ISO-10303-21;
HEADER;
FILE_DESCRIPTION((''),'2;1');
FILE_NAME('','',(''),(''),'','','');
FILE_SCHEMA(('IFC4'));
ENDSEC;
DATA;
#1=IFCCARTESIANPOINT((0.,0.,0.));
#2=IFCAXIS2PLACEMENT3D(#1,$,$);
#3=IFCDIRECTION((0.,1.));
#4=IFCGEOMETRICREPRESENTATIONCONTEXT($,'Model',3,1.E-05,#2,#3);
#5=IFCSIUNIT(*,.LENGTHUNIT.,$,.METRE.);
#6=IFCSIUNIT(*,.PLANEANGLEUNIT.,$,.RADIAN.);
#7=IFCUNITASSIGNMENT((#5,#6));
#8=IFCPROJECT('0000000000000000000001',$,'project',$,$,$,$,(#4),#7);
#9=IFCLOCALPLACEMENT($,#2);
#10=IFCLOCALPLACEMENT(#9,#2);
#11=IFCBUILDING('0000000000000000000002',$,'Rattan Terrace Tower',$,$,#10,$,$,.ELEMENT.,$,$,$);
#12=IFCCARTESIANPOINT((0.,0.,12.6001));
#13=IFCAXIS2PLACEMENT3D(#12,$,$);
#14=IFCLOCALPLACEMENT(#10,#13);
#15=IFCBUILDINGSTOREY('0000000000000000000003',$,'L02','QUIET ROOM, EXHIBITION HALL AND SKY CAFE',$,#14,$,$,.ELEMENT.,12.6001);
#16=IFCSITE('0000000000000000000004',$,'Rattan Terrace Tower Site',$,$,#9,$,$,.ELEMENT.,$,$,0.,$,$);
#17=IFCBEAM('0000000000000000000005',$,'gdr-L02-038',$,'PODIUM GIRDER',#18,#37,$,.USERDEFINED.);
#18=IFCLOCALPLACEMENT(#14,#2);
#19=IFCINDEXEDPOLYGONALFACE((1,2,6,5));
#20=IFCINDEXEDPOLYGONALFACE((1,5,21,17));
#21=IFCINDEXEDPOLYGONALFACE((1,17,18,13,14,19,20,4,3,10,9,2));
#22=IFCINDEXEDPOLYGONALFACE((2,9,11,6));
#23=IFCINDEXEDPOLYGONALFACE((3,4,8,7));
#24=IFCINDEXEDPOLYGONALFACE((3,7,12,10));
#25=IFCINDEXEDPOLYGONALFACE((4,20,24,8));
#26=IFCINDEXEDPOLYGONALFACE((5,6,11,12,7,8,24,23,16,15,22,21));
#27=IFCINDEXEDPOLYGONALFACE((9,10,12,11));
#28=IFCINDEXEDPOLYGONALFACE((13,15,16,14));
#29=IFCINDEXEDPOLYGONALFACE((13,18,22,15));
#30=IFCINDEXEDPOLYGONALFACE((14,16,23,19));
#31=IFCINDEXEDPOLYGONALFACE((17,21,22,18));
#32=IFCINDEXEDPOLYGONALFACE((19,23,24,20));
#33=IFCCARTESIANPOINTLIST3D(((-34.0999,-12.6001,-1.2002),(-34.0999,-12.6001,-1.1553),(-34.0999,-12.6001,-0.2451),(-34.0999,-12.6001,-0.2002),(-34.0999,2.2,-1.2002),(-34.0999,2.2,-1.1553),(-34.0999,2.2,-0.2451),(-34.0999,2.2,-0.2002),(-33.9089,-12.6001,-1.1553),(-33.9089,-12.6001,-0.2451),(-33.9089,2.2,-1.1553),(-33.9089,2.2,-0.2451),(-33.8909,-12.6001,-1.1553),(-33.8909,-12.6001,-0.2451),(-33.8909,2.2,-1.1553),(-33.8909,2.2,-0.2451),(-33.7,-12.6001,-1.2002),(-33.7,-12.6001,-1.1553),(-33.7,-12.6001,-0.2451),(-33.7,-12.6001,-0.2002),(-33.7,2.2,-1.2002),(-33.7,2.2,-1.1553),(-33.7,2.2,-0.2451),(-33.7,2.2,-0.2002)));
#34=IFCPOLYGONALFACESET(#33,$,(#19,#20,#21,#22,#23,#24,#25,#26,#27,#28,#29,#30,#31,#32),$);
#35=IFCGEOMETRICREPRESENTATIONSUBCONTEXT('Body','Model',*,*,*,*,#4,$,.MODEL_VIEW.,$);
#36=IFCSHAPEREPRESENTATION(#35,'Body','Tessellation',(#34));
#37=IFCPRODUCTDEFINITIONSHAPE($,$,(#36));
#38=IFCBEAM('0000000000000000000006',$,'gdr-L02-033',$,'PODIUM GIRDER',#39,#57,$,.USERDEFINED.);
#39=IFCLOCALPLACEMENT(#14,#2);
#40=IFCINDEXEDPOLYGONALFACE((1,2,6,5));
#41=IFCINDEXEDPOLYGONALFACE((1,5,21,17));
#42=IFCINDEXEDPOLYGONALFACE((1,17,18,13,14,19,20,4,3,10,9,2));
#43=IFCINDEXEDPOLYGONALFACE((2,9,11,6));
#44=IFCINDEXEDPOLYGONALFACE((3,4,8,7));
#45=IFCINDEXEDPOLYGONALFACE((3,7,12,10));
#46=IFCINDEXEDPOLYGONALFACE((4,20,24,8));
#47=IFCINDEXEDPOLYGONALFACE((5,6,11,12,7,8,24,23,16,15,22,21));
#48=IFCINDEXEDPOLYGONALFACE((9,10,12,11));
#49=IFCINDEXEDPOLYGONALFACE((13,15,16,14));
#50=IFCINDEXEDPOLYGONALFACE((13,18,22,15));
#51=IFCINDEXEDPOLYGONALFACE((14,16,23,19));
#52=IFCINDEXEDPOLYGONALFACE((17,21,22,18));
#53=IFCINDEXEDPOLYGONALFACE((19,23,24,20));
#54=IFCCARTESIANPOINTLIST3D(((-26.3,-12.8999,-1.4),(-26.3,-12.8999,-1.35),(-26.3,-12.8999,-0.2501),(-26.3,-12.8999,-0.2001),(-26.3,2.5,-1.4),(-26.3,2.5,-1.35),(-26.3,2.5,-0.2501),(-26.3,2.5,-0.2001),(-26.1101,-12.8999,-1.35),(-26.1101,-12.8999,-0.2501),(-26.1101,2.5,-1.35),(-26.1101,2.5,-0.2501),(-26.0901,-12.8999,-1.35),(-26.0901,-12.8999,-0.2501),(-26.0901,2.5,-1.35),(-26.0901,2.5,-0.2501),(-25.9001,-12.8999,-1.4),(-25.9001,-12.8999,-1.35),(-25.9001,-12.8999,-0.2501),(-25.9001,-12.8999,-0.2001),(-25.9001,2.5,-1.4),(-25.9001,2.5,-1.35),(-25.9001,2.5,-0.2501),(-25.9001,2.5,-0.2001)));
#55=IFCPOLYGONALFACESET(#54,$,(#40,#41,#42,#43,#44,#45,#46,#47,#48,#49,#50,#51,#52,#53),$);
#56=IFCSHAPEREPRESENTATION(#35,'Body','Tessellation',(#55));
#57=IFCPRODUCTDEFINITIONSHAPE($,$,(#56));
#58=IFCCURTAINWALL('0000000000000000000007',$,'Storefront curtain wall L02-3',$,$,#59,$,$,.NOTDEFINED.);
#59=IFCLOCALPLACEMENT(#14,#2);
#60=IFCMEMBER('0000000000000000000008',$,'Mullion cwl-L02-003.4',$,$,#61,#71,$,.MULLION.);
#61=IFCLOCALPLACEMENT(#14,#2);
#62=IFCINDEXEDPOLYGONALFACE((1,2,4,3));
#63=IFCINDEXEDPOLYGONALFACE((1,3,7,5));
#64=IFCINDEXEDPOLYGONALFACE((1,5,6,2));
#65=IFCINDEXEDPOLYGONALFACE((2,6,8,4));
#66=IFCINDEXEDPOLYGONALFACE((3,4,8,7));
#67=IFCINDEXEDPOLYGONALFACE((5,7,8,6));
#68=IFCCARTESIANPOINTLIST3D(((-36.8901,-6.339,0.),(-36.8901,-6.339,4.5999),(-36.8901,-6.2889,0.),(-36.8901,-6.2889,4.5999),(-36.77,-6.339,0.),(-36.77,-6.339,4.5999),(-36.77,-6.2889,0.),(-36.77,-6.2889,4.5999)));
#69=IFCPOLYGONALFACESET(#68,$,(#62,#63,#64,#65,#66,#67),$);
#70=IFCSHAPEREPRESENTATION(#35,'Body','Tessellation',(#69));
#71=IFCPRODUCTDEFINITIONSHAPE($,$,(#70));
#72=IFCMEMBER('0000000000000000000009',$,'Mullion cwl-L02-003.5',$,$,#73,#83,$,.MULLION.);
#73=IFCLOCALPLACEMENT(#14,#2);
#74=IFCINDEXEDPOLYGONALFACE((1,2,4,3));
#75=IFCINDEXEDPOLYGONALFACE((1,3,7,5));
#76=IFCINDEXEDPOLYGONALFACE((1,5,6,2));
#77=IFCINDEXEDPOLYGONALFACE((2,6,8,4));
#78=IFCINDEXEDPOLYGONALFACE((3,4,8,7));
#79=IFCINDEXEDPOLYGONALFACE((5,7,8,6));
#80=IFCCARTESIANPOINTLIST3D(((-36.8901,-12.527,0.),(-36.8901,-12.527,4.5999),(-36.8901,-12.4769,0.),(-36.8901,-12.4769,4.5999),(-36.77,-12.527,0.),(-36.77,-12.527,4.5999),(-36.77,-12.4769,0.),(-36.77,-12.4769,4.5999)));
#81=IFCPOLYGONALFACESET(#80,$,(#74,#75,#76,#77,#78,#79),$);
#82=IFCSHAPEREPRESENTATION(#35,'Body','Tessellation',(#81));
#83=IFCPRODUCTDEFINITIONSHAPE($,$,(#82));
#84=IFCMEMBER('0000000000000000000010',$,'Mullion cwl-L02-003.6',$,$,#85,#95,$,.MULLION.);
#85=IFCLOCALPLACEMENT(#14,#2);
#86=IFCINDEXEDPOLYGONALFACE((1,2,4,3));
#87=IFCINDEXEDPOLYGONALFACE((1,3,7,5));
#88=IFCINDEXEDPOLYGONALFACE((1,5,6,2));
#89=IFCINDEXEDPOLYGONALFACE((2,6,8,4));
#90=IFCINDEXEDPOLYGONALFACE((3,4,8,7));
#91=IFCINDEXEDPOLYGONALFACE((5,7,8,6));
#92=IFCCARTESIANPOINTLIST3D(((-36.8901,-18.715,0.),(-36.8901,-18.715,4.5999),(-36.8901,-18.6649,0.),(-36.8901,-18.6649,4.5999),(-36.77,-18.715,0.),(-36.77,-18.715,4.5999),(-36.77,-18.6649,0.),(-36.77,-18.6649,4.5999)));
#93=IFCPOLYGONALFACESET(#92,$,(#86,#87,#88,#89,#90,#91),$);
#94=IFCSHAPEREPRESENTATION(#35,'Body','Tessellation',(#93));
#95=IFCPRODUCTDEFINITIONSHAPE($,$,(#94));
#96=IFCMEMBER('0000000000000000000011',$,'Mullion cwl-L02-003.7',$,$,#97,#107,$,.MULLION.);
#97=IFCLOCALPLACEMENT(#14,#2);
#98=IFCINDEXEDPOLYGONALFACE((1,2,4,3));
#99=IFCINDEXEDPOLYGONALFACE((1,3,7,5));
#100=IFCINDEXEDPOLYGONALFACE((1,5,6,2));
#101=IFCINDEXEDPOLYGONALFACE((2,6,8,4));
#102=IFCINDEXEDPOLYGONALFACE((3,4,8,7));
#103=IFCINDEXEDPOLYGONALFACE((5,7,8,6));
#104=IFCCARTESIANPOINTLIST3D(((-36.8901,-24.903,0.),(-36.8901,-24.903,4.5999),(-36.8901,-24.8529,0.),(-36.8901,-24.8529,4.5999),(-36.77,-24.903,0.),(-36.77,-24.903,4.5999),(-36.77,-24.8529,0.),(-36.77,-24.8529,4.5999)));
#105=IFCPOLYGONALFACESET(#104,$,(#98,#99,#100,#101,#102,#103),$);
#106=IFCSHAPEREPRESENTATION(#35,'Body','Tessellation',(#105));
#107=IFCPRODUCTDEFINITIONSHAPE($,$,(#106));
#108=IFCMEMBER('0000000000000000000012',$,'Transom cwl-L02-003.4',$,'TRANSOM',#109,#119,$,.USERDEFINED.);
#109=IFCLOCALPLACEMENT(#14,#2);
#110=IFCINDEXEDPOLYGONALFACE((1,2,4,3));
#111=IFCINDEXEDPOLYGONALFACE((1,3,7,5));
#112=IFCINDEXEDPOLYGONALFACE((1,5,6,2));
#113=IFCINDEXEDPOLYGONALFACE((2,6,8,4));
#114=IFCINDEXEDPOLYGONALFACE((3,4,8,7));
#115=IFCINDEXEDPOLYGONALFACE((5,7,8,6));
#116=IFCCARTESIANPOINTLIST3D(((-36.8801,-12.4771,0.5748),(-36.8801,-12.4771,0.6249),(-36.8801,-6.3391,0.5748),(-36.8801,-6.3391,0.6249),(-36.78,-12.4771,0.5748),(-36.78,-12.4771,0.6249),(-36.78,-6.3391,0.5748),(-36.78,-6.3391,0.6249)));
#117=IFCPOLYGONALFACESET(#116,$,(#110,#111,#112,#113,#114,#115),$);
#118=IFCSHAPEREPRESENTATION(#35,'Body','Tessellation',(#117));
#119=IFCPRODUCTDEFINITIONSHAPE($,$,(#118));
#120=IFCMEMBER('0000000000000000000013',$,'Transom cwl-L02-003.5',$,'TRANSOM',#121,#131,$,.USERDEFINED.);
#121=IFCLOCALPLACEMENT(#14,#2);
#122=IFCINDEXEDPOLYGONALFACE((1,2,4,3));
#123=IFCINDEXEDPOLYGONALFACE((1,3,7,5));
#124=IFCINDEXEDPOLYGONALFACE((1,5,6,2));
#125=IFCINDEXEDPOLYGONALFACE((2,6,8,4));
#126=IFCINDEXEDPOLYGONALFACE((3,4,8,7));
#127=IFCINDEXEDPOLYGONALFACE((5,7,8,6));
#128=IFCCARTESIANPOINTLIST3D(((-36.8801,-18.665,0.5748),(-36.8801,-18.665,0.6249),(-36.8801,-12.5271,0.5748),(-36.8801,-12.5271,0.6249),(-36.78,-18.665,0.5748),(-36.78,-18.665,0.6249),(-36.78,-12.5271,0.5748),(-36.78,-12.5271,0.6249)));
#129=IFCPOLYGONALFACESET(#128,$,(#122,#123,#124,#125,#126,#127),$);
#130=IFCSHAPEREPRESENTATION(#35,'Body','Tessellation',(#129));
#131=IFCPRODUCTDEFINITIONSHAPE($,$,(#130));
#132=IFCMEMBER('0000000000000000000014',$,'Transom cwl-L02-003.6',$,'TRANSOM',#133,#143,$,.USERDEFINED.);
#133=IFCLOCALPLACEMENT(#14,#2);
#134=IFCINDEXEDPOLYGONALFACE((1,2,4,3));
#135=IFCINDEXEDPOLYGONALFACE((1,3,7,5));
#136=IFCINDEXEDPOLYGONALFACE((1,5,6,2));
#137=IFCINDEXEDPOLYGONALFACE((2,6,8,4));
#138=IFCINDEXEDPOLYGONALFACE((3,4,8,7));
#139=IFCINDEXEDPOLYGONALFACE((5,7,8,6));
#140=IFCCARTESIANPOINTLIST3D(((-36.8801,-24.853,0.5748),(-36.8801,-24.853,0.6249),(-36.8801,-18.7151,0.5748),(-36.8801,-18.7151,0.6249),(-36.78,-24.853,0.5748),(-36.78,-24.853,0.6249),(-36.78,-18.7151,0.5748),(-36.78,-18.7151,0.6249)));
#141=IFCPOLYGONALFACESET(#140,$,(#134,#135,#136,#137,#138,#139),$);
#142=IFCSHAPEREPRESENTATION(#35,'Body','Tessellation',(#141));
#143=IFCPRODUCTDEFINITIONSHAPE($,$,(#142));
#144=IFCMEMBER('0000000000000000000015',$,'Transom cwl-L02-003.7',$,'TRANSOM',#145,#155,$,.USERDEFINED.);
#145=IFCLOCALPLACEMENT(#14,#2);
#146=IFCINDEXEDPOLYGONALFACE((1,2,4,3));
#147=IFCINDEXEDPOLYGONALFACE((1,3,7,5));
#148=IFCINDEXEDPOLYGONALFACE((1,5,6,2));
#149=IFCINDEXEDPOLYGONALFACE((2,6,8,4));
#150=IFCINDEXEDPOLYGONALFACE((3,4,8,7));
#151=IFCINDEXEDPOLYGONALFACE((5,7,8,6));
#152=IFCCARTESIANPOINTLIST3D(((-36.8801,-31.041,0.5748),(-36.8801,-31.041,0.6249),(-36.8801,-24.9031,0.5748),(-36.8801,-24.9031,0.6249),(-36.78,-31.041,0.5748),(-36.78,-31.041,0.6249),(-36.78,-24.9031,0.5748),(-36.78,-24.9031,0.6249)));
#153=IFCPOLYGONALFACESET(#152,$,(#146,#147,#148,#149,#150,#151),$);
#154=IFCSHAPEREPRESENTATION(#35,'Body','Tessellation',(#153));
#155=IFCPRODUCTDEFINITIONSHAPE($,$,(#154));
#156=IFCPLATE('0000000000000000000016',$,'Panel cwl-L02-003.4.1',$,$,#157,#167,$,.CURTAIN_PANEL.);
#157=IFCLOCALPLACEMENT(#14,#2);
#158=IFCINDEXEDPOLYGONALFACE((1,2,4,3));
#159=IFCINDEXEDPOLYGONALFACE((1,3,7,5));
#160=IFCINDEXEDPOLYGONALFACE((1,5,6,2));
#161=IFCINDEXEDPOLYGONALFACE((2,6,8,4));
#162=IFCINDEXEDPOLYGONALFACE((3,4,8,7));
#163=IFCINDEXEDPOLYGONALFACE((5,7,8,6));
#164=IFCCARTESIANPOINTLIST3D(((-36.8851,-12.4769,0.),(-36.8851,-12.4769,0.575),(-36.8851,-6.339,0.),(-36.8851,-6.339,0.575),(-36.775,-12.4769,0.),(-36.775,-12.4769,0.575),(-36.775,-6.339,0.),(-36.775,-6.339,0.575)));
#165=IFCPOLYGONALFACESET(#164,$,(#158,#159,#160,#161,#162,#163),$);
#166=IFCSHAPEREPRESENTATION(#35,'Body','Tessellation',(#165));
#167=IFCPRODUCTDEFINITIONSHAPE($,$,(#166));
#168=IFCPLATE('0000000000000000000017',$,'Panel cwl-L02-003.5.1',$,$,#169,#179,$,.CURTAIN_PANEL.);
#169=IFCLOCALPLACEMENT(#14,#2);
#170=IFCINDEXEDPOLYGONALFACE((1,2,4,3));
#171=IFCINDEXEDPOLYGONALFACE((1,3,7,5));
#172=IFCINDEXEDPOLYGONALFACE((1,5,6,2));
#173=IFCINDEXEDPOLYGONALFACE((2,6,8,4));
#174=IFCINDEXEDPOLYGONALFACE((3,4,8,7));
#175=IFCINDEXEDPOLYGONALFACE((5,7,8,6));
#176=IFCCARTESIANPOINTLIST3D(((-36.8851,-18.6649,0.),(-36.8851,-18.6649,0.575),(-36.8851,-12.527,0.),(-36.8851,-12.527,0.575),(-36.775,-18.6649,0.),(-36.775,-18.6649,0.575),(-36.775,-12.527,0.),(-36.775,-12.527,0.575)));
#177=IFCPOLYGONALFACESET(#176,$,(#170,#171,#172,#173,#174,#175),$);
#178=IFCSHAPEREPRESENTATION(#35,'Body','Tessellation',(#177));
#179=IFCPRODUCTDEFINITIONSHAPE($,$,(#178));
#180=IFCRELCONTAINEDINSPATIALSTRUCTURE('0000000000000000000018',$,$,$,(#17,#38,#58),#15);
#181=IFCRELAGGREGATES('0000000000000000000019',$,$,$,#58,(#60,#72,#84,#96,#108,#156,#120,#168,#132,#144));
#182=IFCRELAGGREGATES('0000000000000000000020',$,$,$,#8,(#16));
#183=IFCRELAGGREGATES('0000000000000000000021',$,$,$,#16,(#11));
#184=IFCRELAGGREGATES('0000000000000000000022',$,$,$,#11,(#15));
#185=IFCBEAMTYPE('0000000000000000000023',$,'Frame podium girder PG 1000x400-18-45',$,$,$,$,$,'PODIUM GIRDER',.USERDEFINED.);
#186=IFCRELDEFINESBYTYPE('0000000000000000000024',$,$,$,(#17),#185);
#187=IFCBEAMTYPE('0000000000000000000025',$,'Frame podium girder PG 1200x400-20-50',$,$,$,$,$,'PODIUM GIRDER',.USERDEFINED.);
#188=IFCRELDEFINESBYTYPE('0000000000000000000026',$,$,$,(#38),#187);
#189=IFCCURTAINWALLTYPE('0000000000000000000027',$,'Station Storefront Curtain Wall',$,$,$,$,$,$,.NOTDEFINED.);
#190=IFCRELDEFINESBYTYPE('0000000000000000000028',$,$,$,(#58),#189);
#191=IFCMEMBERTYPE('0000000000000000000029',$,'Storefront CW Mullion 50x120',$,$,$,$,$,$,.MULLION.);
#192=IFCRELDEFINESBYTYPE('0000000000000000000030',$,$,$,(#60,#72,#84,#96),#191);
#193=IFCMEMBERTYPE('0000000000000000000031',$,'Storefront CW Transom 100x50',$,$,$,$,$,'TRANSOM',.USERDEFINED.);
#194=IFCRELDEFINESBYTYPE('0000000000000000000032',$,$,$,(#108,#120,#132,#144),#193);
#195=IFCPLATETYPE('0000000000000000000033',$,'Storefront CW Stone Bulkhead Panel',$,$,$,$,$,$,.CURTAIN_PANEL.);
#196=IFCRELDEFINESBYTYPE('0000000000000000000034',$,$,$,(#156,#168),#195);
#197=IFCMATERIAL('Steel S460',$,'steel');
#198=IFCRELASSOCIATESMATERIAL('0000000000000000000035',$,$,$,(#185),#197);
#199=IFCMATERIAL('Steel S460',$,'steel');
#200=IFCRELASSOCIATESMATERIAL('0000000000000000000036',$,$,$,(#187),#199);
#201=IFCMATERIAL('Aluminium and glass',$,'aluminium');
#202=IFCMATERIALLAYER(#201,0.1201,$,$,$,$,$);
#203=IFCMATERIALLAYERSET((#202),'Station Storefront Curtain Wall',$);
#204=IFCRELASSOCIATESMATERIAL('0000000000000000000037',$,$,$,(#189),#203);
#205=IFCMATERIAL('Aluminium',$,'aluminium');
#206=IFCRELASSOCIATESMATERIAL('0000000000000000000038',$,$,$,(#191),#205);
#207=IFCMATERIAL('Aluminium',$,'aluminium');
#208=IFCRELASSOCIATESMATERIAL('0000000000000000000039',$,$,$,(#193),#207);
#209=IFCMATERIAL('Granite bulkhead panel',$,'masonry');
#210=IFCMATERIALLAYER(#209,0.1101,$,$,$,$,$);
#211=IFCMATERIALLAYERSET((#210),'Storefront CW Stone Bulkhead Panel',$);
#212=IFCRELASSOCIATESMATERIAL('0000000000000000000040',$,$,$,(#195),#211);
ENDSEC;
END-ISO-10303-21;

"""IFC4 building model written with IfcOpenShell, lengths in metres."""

from ifc_helpers import new_model, si_unit, direction, frame, origin, origin_2d, place, context, subcontext, project, spatial, rectangle, i_section, extrude, material, layer, layer_set, material_profile, profile_set, type_object, element, aggregate, save


model = new_model("IFC4")

# Units and contexts
model_context = context("Model", 3, precision=1e-05, world=origin(), true_north=direction((0.0, 1.0)))
body_context = subcontext(model_context, "Body", "Model", "MODEL_VIEW")
ifc_project = project(units=[si_unit("LENGTHUNIT", "METRE"), si_unit("PLANEANGLEUNIT", "RADIAN")], contexts=[model_context])

# Site, building, storey
site_placement = place(None, origin())
site = spatial("IfcSite", under=ifc_project, at=site_placement, Name="Rattan Terrace Tower Site", CompositionType="ELEMENT", RefElevation=0.0)
building_placement = place(site_placement, origin())
building = spatial("IfcBuilding", under=site, at=building_placement, Name="Rattan Terrace Tower", CompositionType="ELEMENT")
storey_placement = place(building_placement, frame((0.0, 0.0, 12.6001)))
storey = spatial("IfcBuildingStorey", under=building, at=storey_placement, Name="L02", Description="QUIET ROOM, EXHIBITION HALL AND SKY CAFE", CompositionType="ELEMENT", Elevation=12.6001)

# Beams
ifc_material_1 = material(Name="Steel S460", Category="steel")
ifc_material_profile_1 = material_profile(ifc_material_1, i_section(OverallWidth=0.3999, OverallDepth=1.0, WebThickness=0.0181, FlangeThickness=0.0449, at=origin_2d()), Name="PG 1000x400-18-45")
ifc_profile_set_1 = profile_set([ifc_material_profile_1], Name="Steel S460")
beam_type_1 = type_object("IfcBeamType", Name="Frame podium girder PG 1000x400-18-45", ElementType="PODIUM GIRDER", PredefinedType="USERDEFINED", material=ifc_profile_set_1)
beam_1_placement = place(storey_placement, frame((-33.8999, -12.6001, -0.7002), z_axis=(0.0, 1.0, 0.0), x_axis=(-1.0, 0.0, 0.0)))
element("IfcBeam", 1, at=beam_1_placement, inside=storey, type_object=beam_type_1, Name="gdr-L02-038", ObjectType="PODIUM GIRDER", PredefinedType="USERDEFINED", context=body_context, shape_type="SweptSolid", body=[
    extrude(i_section(OverallWidth=0.3999, OverallDepth=1.0, WebThickness=0.0181, FlangeThickness=0.0449, at=origin_2d()), origin(), (0.0, 0.0, 1.0), 14.8),
])
ifc_material_2 = material(Name="Steel S460", Category="steel")
ifc_material_profile_2 = material_profile(ifc_material_2, i_section(OverallWidth=0.3999, OverallDepth=1.2, WebThickness=0.02, FlangeThickness=0.05, at=origin_2d()), Name="PG 1200x400-20-50")
ifc_profile_set_2 = profile_set([ifc_material_profile_2], Name="Steel S460")
beam_type_2 = type_object("IfcBeamType", Name="Frame podium girder PG 1200x400-20-50", ElementType="PODIUM GIRDER", PredefinedType="USERDEFINED", material=ifc_profile_set_2)
beam_2_placement = place(storey_placement, frame((-26.1001, -12.8999, -0.8), z_axis=(0.0, 1.0, 0.0), x_axis=(-1.0, 0.0, 0.0)))
element("IfcBeam", 2, at=beam_2_placement, inside=storey, type_object=beam_type_2, Name="gdr-L02-033", ObjectType="PODIUM GIRDER", PredefinedType="USERDEFINED", context=body_context, shape_type="SweptSolid", body=[
    extrude(i_section(OverallWidth=0.3999, OverallDepth=1.2, WebThickness=0.02, FlangeThickness=0.05, at=origin_2d()), origin(), (0.0, 0.0, 1.0), 15.3999),
])

# Curtain wall, members, plates
ifc_material_3 = material(Name="Aluminium and glass", Category="aluminium")
ifc_layer_1 = layer(ifc_material_3, 0.1201)
ifc_layer_set_1 = layer_set([ifc_layer_1], Name="Station Storefront Curtain Wall")
curtain_wall_type = type_object("IfcCurtainWallType", Name="Station Storefront Curtain Wall", PredefinedType="NOTDEFINED", material=ifc_layer_set_1)
curtain_wall_placement = place(storey_placement, origin())
curtain_wall = element("IfcCurtainWall", 3, at=curtain_wall_placement, inside=storey, type_object=curtain_wall_type, Name="Storefront curtain wall L02-3", PredefinedType="NOTDEFINED")
ifc_material_4 = material(Name="Aluminium", Category="aluminium")
ifc_material_profile_3 = material_profile(ifc_material_4, rectangle(XDim=0.05, YDim=0.1201, at=origin_2d()), Name="Aluminium 50x120")
ifc_profile_set_3 = profile_set([ifc_material_profile_3], Name="Aluminium")
member_type_1 = type_object("IfcMemberType", Name="Storefront CW Mullion 50x120", PredefinedType="MULLION", material=ifc_profile_set_3)
member_1_placement = place(storey_placement, frame((-36.8301, -6.314, 0.0), z_axis=(0.0, 0.0, 1.0), x_axis=(0.0, -1.0, 0.0)))
member_1 = element("IfcMember", 4, at=member_1_placement, type_object=member_type_1, Name="Mullion cwl-L02-003.4", PredefinedType="MULLION", context=body_context, shape_type="SweptSolid", body=[
    extrude(rectangle(XDim=0.05, YDim=0.1201, at=origin_2d()), origin(), (0.0, 0.0, 1.0), 4.5999),
])
member_2_placement = place(storey_placement, frame((-36.8301, -12.502, 0.0), z_axis=(0.0, 0.0, 1.0), x_axis=(0.0, -1.0, 0.0)))
member_2 = element("IfcMember", 5, at=member_2_placement, type_object=member_type_1, Name="Mullion cwl-L02-003.5", PredefinedType="MULLION", context=body_context, shape_type="SweptSolid", body=[
    extrude(rectangle(XDim=0.05, YDim=0.1201, at=origin_2d()), origin(), (0.0, 0.0, 1.0), 4.5999),
])
member_3_placement = place(storey_placement, frame((-36.8301, -18.6899, 0.0), z_axis=(0.0, 0.0, 1.0), x_axis=(0.0, -1.0, 0.0)))
member_3 = element("IfcMember", 6, at=member_3_placement, type_object=member_type_1, Name="Mullion cwl-L02-003.6", PredefinedType="MULLION", context=body_context, shape_type="SweptSolid", body=[
    extrude(rectangle(XDim=0.05, YDim=0.1201, at=origin_2d()), origin(), (0.0, 0.0, 1.0), 4.5999),
])
member_4_placement = place(storey_placement, frame((-36.8301, -24.8779, 0.0), z_axis=(0.0, 0.0, 1.0), x_axis=(0.0, -1.0, 0.0)))
member_4 = element("IfcMember", 7, at=member_4_placement, type_object=member_type_1, Name="Mullion cwl-L02-003.7", PredefinedType="MULLION", context=body_context, shape_type="SweptSolid", body=[
    extrude(rectangle(XDim=0.05, YDim=0.1201, at=origin_2d()), origin(), (0.0, 0.0, 1.0), 4.5999),
])
ifc_material_5 = material(Name="Aluminium", Category="aluminium")
ifc_material_profile_4 = material_profile(ifc_material_5, rectangle(XDim=0.1001, YDim=0.05, at=origin_2d()), Name="Aluminium 100x50")
ifc_profile_set_4 = profile_set([ifc_material_profile_4], Name="Aluminium")
member_type_2 = type_object("IfcMemberType", Name="Storefront CW Transom 100x50", ElementType="TRANSOM", PredefinedType="USERDEFINED", material=ifc_profile_set_4)
member_5_placement = place(storey_placement, frame((-36.8301, -6.3391, 0.5999), z_axis=(0.0, -1.0, 0.0), x_axis=(1.0, 0.0, 0.0)))
member_5 = element("IfcMember", 8, at=member_5_placement, type_object=member_type_2, Name="Transom cwl-L02-003.4", ObjectType="TRANSOM", PredefinedType="USERDEFINED", context=body_context, shape_type="SweptSolid", body=[
    extrude(rectangle(XDim=0.1001, YDim=0.05, at=origin_2d()), origin(), (0.0, 0.0, 1.0), 6.1379),
])
member_6_placement = place(storey_placement, frame((-36.8301, -12.5271, 0.5999), z_axis=(0.0, -1.0, 0.0), x_axis=(1.0, 0.0, 0.0)))
member_6 = element("IfcMember", 9, at=member_6_placement, type_object=member_type_2, Name="Transom cwl-L02-003.5", ObjectType="TRANSOM", PredefinedType="USERDEFINED", context=body_context, shape_type="SweptSolid", body=[
    extrude(rectangle(XDim=0.1001, YDim=0.05, at=origin_2d()), origin(), (0.0, 0.0, 1.0), 6.1379),
])
member_7_placement = place(storey_placement, frame((-36.8301, -18.7151, 0.5999), z_axis=(0.0, -1.0, 0.0), x_axis=(1.0, 0.0, 0.0)))
member_7 = element("IfcMember", 10, at=member_7_placement, type_object=member_type_2, Name="Transom cwl-L02-003.6", ObjectType="TRANSOM", PredefinedType="USERDEFINED", context=body_context, shape_type="SweptSolid", body=[
    extrude(rectangle(XDim=0.1001, YDim=0.05, at=origin_2d()), origin(), (0.0, 0.0, 1.0), 6.1379),
])
member_8_placement = place(storey_placement, frame((-36.8301, -24.9031, 0.5999), z_axis=(0.0, -1.0, 0.0), x_axis=(1.0, 0.0, 0.0)))
member_8 = element("IfcMember", 11, at=member_8_placement, type_object=member_type_2, Name="Transom cwl-L02-003.7", ObjectType="TRANSOM", PredefinedType="USERDEFINED", context=body_context, shape_type="SweptSolid", body=[
    extrude(rectangle(XDim=0.1001, YDim=0.05, at=origin_2d()), origin(), (0.0, 0.0, 1.0), 6.1379),
])
ifc_material_6 = material(Name="Granite bulkhead panel", Category="masonry")
ifc_layer_2 = layer(ifc_material_6, 0.1101)
ifc_layer_set_2 = layer_set([ifc_layer_2], Name="Storefront CW Stone Bulkhead Panel")
plate_type_1 = type_object("IfcPlateType", Name="Storefront CW Stone Bulkhead Panel", PredefinedType="CURTAIN_PANEL", material=ifc_layer_set_2)
plate_1_placement = place(storey_placement, frame((-36.8301, -9.408, 0.0), z_axis=(0.0, 0.0, 1.0), x_axis=(0.0, -1.0, 0.0)))
plate_1 = element("IfcPlate", 12, at=plate_1_placement, type_object=plate_type_1, Name="Panel cwl-L02-003.4.1", PredefinedType="CURTAIN_PANEL", context=body_context, shape_type="SweptSolid", body=[
    extrude(rectangle(XDim=6.1379, YDim=0.1101, at=origin_2d()), origin(), (0.0, 0.0, 1.0), 0.575),
])
plate_2_placement = place(storey_placement, frame((-36.8301, -15.5959, 0.0), z_axis=(0.0, 0.0, 1.0), x_axis=(0.0, -1.0, 0.0)))
plate_2 = element("IfcPlate", 13, at=plate_2_placement, type_object=plate_type_1, Name="Panel cwl-L02-003.5.1", PredefinedType="CURTAIN_PANEL", context=body_context, shape_type="SweptSolid", body=[
    extrude(rectangle(XDim=6.1379, YDim=0.1101, at=origin_2d()), origin(), (0.0, 0.0, 1.0), 0.575),
])
aggregate(curtain_wall, [member_1, member_2, member_3, member_4, member_5, plate_1, member_6, plate_2, member_7, member_8])

save(model, "model.ifc")
